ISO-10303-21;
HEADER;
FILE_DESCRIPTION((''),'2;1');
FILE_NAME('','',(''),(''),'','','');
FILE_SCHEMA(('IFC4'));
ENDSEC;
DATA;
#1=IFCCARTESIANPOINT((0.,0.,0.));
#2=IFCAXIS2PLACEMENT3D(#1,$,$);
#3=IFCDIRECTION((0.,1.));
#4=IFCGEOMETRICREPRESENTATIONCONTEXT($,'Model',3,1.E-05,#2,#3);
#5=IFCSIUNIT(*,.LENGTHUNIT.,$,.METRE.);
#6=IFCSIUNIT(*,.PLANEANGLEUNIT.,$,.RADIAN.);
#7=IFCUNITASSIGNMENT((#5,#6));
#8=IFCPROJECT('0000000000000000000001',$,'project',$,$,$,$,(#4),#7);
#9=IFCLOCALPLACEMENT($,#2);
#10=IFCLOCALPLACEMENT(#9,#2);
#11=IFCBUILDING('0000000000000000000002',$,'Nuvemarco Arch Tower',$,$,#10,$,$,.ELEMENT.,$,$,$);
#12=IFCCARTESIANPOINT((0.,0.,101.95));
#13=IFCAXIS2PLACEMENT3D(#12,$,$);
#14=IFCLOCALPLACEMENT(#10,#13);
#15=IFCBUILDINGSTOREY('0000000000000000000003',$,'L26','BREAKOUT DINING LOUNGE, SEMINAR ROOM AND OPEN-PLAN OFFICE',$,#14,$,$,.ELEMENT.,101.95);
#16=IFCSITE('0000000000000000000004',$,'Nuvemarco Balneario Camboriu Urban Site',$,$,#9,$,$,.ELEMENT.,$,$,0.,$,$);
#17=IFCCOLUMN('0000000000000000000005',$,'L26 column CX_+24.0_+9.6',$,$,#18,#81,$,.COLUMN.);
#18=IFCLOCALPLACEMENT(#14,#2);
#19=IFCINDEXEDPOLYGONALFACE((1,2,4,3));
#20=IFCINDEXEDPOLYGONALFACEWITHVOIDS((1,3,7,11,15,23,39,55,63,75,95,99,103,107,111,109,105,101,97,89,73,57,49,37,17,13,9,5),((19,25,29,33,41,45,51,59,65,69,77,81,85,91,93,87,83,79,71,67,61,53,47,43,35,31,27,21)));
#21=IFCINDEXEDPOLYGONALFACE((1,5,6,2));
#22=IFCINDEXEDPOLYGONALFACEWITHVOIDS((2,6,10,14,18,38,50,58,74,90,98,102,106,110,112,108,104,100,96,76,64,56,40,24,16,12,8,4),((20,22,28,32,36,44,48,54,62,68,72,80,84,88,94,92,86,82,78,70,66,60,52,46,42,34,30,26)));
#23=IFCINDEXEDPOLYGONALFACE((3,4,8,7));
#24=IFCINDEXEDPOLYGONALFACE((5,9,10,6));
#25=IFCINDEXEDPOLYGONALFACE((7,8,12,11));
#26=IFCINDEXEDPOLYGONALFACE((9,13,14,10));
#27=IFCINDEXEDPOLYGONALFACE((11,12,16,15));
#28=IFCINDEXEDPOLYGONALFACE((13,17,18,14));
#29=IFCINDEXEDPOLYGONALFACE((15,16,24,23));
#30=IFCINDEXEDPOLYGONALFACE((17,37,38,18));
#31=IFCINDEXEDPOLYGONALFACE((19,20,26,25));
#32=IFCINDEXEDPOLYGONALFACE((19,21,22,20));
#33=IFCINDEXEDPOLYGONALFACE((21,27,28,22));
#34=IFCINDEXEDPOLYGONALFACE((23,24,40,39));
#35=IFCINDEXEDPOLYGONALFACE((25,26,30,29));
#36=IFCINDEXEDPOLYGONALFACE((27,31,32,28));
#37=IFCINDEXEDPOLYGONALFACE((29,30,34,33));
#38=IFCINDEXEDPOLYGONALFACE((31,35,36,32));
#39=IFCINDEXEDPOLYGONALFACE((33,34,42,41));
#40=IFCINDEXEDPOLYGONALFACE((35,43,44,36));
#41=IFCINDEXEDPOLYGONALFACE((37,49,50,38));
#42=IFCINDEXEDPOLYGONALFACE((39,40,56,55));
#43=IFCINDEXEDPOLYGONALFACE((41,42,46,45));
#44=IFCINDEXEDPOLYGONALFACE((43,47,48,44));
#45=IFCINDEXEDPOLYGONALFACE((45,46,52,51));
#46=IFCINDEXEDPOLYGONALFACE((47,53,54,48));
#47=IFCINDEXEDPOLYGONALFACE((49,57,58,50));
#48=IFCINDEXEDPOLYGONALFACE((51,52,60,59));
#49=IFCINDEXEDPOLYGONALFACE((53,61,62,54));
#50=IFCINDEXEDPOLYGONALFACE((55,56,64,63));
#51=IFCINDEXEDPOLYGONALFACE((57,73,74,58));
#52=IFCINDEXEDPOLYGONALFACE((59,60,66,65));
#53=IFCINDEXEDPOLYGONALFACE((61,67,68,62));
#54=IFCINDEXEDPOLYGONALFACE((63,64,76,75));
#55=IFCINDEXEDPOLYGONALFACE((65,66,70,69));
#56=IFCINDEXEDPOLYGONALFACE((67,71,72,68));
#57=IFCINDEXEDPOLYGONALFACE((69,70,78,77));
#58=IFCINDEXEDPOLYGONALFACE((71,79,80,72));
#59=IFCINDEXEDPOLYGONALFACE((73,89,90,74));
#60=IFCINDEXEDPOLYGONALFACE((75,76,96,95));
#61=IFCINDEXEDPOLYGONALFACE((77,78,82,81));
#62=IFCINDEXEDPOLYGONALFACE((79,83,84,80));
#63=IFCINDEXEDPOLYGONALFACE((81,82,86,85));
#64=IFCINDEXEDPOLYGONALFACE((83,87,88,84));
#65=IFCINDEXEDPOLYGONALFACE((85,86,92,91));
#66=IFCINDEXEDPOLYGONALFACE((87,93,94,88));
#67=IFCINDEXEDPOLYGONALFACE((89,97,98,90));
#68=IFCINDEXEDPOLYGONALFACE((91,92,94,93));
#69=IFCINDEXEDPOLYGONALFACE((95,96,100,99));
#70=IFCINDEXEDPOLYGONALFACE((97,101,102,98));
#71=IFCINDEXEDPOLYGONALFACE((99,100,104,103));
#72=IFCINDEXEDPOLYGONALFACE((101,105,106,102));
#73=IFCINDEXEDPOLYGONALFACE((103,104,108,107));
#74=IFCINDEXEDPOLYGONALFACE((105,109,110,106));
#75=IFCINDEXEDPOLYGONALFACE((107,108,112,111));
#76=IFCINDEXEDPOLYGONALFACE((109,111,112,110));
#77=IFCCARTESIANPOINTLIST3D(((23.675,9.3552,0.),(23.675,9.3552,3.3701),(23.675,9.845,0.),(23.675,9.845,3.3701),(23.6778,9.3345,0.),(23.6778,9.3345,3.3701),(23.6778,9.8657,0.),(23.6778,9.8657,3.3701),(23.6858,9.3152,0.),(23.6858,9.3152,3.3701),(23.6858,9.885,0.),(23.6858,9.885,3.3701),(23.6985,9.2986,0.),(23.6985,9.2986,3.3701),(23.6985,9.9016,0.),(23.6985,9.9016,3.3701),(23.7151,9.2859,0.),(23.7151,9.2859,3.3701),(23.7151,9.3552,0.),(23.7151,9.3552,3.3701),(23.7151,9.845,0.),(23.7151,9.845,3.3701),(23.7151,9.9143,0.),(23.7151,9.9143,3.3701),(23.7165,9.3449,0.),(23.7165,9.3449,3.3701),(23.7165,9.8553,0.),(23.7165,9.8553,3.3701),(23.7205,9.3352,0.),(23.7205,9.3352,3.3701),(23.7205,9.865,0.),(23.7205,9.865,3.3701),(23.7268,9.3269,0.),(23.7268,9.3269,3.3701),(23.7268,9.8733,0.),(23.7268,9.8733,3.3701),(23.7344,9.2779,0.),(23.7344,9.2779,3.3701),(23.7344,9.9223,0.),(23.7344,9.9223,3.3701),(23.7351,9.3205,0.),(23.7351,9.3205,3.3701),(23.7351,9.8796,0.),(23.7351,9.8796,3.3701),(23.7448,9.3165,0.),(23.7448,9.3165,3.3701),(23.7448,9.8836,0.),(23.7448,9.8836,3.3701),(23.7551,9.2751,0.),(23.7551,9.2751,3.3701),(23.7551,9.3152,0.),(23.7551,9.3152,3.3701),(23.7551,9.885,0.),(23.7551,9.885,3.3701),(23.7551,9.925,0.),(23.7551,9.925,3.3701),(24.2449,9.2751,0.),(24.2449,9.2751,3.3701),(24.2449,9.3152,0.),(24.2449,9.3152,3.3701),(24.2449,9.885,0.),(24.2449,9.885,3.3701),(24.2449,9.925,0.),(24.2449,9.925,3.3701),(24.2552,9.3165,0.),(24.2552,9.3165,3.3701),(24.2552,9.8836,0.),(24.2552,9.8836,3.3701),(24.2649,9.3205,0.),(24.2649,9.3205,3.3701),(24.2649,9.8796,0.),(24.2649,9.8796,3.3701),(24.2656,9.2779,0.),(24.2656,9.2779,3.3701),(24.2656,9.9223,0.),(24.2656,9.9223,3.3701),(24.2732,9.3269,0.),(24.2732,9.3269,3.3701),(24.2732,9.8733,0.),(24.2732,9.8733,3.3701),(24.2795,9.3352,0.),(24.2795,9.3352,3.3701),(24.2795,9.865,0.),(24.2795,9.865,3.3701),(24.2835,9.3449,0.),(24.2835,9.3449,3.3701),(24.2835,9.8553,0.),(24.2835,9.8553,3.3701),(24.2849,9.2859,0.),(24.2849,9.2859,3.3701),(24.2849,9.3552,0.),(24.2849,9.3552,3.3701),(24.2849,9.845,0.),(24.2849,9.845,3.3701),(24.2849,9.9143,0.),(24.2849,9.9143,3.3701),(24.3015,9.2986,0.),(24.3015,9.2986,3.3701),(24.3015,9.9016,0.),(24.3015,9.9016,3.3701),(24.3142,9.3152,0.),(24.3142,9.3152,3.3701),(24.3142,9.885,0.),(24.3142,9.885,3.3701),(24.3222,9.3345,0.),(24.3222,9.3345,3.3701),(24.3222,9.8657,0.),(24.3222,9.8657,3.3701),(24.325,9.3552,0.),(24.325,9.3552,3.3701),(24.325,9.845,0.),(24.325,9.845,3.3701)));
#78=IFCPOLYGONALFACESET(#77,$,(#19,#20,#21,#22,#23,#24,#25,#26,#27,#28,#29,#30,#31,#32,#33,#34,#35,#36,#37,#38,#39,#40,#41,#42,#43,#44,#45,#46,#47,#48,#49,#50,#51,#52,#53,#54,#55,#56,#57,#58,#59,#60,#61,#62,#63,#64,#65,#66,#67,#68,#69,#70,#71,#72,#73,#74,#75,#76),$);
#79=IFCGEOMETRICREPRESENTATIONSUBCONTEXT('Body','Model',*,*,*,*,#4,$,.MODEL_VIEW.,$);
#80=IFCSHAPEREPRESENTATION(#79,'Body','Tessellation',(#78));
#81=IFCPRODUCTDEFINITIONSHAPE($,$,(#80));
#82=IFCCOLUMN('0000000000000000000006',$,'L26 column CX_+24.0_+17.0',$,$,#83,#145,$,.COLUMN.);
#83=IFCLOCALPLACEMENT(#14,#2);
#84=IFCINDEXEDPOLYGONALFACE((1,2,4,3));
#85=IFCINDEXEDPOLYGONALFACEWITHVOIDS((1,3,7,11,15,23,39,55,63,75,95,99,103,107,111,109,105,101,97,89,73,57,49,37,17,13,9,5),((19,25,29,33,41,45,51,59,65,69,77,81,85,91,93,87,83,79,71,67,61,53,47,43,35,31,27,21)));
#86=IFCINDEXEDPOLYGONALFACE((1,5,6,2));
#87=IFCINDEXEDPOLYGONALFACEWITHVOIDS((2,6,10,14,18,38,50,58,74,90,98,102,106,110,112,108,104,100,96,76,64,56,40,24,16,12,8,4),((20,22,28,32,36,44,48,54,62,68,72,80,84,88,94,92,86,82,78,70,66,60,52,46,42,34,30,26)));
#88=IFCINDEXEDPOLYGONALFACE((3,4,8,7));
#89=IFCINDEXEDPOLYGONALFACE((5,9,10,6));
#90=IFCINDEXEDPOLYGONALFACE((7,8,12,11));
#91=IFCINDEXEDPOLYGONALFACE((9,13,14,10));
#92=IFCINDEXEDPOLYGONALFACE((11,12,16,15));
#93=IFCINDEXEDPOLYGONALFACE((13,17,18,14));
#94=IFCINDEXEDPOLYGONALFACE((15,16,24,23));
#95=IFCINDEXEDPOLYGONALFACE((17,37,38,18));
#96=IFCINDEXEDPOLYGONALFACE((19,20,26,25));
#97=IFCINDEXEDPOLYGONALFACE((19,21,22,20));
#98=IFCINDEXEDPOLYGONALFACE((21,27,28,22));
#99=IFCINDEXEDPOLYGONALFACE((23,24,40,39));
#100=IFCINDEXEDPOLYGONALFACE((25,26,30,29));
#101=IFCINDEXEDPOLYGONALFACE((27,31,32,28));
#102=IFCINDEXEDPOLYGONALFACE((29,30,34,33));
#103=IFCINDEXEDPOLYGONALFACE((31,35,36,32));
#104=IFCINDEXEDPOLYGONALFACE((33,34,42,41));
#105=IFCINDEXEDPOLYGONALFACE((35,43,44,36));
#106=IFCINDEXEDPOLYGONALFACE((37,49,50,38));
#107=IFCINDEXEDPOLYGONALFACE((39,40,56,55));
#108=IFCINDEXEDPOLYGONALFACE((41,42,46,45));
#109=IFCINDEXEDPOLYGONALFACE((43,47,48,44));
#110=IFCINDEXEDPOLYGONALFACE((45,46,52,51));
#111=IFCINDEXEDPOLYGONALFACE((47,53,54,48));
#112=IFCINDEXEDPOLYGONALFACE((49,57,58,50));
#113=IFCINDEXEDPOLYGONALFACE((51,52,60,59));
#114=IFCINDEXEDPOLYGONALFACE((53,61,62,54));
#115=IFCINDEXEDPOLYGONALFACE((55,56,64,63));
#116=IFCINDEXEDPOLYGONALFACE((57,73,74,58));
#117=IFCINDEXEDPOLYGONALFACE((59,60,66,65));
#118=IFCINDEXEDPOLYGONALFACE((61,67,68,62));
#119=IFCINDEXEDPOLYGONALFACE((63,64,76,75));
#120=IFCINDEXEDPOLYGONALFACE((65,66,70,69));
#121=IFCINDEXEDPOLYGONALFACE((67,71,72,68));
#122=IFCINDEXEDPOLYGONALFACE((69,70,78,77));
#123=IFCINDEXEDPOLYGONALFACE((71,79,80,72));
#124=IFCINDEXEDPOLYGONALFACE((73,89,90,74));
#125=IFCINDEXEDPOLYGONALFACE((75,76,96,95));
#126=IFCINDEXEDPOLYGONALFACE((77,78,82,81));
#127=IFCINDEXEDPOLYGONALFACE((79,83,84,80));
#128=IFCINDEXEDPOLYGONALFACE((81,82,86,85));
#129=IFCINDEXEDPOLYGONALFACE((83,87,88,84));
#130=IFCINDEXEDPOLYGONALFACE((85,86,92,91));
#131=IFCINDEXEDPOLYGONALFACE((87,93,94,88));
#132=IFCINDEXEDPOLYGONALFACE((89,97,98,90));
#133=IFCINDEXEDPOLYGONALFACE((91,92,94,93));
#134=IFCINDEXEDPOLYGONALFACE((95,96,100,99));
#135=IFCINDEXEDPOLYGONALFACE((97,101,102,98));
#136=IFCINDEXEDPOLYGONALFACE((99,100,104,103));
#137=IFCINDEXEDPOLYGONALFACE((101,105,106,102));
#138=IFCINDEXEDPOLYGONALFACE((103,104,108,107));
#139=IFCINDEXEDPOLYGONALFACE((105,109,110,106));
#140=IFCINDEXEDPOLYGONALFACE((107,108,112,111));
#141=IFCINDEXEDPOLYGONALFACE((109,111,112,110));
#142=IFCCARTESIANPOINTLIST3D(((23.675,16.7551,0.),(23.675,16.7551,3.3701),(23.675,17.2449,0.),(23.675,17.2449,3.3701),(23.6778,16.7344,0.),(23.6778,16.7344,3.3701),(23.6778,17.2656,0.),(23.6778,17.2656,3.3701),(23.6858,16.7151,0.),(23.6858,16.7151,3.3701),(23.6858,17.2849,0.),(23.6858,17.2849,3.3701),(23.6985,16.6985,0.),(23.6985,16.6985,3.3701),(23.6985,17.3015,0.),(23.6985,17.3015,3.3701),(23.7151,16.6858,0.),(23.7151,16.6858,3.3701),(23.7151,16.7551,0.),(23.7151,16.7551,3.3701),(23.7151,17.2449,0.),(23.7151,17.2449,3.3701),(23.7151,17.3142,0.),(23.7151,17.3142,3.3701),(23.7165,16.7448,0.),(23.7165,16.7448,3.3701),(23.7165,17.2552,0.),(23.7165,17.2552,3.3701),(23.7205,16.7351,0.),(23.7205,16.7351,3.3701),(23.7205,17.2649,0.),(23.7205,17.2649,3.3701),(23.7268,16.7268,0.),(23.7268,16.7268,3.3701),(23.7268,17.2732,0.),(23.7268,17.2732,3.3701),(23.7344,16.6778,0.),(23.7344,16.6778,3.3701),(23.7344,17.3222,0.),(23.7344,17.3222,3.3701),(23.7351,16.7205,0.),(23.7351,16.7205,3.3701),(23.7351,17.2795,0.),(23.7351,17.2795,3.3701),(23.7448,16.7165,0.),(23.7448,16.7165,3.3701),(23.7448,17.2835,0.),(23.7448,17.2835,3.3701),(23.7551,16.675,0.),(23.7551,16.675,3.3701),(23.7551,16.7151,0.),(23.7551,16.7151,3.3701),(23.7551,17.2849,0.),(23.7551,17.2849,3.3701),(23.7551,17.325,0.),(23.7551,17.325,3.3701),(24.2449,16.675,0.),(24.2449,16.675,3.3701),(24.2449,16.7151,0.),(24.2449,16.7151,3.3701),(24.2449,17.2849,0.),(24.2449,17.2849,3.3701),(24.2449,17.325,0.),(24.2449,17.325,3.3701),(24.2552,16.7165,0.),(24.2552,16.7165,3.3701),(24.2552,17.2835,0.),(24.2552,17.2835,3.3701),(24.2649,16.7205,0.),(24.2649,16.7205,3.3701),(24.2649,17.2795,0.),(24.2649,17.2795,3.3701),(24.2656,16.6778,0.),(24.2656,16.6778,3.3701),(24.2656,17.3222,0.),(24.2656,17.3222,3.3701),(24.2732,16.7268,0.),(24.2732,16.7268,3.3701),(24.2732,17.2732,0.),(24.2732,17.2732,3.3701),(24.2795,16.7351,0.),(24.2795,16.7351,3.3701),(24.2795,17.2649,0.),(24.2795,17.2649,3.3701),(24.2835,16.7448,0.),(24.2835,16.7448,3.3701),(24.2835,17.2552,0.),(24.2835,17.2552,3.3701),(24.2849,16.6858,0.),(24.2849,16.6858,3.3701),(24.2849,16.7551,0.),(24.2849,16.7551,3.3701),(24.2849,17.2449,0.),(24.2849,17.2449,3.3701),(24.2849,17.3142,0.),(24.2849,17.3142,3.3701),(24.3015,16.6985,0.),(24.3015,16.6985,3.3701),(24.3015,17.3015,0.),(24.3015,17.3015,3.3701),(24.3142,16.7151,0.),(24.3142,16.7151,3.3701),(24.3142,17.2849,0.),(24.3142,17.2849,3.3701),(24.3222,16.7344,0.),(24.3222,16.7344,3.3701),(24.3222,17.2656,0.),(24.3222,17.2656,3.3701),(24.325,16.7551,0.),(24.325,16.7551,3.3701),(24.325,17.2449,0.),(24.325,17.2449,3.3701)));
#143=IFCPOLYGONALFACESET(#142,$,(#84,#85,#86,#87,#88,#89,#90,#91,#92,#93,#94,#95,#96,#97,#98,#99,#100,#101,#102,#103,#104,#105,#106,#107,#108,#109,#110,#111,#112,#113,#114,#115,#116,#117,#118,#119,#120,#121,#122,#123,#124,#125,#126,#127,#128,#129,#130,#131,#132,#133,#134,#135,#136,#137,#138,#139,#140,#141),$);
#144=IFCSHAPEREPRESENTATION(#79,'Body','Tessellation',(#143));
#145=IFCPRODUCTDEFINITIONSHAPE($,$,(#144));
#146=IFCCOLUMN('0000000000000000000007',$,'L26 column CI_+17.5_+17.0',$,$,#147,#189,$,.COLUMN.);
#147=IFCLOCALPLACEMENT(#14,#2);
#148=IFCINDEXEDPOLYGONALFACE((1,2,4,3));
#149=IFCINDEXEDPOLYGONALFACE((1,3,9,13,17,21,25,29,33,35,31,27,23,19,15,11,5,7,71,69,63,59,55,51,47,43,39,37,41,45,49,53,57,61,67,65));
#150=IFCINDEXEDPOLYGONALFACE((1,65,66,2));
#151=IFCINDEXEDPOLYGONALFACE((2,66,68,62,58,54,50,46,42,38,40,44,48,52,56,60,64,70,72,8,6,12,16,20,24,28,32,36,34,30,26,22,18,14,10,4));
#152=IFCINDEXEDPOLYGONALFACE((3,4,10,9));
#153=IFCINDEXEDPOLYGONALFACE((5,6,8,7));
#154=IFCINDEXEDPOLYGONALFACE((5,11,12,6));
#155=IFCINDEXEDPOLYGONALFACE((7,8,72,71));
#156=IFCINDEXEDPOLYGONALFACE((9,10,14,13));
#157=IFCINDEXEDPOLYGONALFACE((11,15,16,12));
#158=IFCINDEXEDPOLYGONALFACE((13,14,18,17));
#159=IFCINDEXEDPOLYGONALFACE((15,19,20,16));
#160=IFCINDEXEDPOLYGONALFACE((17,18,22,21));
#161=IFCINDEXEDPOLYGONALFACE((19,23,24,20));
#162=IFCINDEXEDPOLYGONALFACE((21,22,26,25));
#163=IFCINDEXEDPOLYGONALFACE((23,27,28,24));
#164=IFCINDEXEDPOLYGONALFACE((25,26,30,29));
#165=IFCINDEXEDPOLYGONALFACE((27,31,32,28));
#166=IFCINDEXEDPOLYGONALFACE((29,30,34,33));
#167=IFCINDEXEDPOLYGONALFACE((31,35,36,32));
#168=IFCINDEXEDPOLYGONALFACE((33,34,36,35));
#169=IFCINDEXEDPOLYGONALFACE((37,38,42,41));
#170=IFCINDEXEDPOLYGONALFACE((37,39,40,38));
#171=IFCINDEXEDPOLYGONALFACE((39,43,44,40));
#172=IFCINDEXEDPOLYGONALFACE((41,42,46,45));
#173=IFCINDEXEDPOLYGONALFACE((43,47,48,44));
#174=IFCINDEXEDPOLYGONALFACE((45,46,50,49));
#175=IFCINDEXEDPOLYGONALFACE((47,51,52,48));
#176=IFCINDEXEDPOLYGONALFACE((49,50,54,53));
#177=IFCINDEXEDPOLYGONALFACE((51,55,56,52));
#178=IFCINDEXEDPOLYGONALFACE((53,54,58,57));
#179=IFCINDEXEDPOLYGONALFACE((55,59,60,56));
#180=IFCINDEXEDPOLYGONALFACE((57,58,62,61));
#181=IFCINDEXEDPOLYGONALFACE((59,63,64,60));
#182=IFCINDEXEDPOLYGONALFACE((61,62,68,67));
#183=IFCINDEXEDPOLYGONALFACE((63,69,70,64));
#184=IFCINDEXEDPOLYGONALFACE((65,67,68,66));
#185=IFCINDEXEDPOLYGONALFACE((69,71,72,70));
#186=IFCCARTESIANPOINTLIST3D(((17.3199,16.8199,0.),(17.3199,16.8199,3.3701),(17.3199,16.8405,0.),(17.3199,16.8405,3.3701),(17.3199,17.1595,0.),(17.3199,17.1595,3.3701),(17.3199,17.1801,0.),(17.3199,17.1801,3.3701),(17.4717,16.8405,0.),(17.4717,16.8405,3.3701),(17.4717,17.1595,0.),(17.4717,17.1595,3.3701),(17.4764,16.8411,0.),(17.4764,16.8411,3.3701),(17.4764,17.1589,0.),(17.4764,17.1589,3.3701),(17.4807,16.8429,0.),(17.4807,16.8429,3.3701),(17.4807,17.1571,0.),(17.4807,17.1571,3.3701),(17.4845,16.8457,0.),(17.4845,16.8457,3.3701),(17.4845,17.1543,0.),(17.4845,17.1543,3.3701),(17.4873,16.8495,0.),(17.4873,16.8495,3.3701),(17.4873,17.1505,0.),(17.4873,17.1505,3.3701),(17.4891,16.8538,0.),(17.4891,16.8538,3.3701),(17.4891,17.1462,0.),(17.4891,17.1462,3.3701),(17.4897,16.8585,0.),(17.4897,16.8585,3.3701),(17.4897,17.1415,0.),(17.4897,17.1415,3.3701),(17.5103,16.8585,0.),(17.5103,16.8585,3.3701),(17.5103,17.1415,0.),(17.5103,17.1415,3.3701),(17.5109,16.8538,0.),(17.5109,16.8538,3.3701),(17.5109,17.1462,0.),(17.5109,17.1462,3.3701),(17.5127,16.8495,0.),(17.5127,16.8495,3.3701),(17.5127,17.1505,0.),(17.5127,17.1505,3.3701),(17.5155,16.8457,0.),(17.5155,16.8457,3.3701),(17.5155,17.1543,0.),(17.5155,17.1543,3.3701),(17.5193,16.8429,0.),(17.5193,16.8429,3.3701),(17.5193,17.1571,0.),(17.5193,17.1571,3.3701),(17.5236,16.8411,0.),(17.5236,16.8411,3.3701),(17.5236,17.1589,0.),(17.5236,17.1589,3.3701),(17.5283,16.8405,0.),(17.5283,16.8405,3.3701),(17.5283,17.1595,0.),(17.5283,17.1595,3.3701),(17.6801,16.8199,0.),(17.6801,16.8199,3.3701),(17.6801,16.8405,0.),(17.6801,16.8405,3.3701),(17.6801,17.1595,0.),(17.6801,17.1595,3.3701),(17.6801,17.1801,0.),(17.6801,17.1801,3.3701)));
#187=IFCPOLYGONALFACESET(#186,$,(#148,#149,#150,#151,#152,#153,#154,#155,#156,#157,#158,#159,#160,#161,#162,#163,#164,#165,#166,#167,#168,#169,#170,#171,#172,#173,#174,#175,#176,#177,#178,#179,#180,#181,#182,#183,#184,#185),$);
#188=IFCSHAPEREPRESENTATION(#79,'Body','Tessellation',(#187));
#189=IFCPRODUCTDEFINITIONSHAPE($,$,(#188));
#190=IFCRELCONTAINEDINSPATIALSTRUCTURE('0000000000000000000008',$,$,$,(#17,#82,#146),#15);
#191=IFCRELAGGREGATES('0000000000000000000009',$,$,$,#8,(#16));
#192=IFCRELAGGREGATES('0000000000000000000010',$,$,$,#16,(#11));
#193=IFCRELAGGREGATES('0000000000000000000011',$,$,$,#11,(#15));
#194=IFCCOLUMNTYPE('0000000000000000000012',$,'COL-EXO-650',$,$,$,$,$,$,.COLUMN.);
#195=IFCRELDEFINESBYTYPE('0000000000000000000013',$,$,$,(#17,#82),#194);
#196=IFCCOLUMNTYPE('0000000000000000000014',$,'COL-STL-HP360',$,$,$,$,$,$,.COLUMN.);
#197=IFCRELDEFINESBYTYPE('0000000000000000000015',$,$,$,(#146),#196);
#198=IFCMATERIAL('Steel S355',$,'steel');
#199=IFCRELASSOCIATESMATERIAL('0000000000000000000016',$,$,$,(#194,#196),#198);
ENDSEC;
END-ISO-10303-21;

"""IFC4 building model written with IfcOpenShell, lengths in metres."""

from ifc_helpers import new_model, si_unit, direction, frame, origin, origin_2d, place, context, subcontext, project, spatial, hollow_rectangle, i_section, extrude, material, material_profile, profile_set, type_object, element, save


model = new_model("IFC4")

# Units and contexts
model_context = context("Model", 3, precision=1e-05, world=origin(), true_north=direction((0.0, 1.0)))
body_context = subcontext(model_context, "Body", "Model", "MODEL_VIEW")
ifc_project = project(units=[si_unit("LENGTHUNIT", "METRE"), si_unit("PLANEANGLEUNIT", "RADIAN")], contexts=[model_context])

# Site, building, storey
site_placement = place(None, origin())
site = spatial("IfcSite", under=ifc_project, at=site_placement, Name="Nuvemarco Balneario Camboriu Urban Site", CompositionType="ELEMENT", RefElevation=0.0)
building_placement = place(site_placement, origin())
building = spatial("IfcBuilding", under=site, at=building_placement, Name="Nuvemarco Arch Tower", CompositionType="ELEMENT")
storey_placement = place(building_placement, frame((0.0, 0.0, 101.95)))
storey = spatial("IfcBuildingStorey", under=building, at=storey_placement, Name="L26", Description="BREAKOUT DINING LOUNGE, SEMINAR ROOM AND OPEN-PLAN OFFICE", CompositionType="ELEMENT", Elevation=101.95)

# Columns
ifc_material_1 = material(Name="Steel S355", Category="steel")
ifc_material_profile_1 = material_profile(ifc_material_1, hollow_rectangle(XDim=0.6499, YDim=0.6499, WallThickness=0.04, InnerFilletRadius=0.04, OuterFilletRadius=0.0801, at=origin_2d()), Name="SHS650x650x40")
ifc_profile_set_1 = profile_set([ifc_material_profile_1], Name="Steel S355")
column_type_1 = type_object("IfcColumnType", Name="COL-EXO-650", PredefinedType="COLUMN", material=ifc_profile_set_1)
for number, where, z_axis, x_axis, name in (
    (1, (24.0, 9.6001, 0.0), (0.0, 0.0, 1.0), (1.0, 0.0, 0.0), "L26 column CX_+24.0_+9.6"),
    (2, (24.0, 17.0, 0.0), (0.0, 0.0, 1.0), (1.0, 0.0, 0.0), "L26 column CX_+24.0_+17.0"),
):
    element("IfcColumn", number, at=place(storey_placement, frame(where, z_axis=z_axis, x_axis=x_axis)), inside=storey, type_object=column_type_1, Name=name, PredefinedType="COLUMN", context=body_context, shape_type="SweptSolid", body=[
        extrude(hollow_rectangle(XDim=0.6499, YDim=0.6499, WallThickness=0.04, InnerFilletRadius=0.04, OuterFilletRadius=0.0801, at=origin_2d()), origin(), (0.0, 0.0, 1.0), 3.3701),
    ])
ifc_material_profile_2 = material_profile(ifc_material_1, i_section(OverallWidth=0.3601, OverallDepth=0.3601, WebThickness=0.0205, FlangeThickness=0.0205, FilletRadius=0.0181, at=origin_2d()), Name="HP360x174")
ifc_profile_set_2 = profile_set([ifc_material_profile_2], Name="Steel S355")
column_type_2 = type_object("IfcColumnType", Name="COL-STL-HP360", PredefinedType="COLUMN", material=ifc_profile_set_2)
column_placement = place(storey_placement, frame((17.5, 17.0, 0.0), z_axis=(0.0, 0.0, 1.0), x_axis=(1.0, 0.0, 0.0)))
element("IfcColumn", 3, at=column_placement, inside=storey, type_object=column_type_2, Name="L26 column CI_+17.5_+17.0", PredefinedType="COLUMN", context=body_context, shape_type="SweptSolid", body=[
    extrude(i_section(OverallWidth=0.3601, OverallDepth=0.3601, WebThickness=0.0205, FlangeThickness=0.0205, FilletRadius=0.0181, at=origin_2d()), origin(), (0.0, 0.0, 1.0), 3.3701),
])

save(model, "model.ifc")
